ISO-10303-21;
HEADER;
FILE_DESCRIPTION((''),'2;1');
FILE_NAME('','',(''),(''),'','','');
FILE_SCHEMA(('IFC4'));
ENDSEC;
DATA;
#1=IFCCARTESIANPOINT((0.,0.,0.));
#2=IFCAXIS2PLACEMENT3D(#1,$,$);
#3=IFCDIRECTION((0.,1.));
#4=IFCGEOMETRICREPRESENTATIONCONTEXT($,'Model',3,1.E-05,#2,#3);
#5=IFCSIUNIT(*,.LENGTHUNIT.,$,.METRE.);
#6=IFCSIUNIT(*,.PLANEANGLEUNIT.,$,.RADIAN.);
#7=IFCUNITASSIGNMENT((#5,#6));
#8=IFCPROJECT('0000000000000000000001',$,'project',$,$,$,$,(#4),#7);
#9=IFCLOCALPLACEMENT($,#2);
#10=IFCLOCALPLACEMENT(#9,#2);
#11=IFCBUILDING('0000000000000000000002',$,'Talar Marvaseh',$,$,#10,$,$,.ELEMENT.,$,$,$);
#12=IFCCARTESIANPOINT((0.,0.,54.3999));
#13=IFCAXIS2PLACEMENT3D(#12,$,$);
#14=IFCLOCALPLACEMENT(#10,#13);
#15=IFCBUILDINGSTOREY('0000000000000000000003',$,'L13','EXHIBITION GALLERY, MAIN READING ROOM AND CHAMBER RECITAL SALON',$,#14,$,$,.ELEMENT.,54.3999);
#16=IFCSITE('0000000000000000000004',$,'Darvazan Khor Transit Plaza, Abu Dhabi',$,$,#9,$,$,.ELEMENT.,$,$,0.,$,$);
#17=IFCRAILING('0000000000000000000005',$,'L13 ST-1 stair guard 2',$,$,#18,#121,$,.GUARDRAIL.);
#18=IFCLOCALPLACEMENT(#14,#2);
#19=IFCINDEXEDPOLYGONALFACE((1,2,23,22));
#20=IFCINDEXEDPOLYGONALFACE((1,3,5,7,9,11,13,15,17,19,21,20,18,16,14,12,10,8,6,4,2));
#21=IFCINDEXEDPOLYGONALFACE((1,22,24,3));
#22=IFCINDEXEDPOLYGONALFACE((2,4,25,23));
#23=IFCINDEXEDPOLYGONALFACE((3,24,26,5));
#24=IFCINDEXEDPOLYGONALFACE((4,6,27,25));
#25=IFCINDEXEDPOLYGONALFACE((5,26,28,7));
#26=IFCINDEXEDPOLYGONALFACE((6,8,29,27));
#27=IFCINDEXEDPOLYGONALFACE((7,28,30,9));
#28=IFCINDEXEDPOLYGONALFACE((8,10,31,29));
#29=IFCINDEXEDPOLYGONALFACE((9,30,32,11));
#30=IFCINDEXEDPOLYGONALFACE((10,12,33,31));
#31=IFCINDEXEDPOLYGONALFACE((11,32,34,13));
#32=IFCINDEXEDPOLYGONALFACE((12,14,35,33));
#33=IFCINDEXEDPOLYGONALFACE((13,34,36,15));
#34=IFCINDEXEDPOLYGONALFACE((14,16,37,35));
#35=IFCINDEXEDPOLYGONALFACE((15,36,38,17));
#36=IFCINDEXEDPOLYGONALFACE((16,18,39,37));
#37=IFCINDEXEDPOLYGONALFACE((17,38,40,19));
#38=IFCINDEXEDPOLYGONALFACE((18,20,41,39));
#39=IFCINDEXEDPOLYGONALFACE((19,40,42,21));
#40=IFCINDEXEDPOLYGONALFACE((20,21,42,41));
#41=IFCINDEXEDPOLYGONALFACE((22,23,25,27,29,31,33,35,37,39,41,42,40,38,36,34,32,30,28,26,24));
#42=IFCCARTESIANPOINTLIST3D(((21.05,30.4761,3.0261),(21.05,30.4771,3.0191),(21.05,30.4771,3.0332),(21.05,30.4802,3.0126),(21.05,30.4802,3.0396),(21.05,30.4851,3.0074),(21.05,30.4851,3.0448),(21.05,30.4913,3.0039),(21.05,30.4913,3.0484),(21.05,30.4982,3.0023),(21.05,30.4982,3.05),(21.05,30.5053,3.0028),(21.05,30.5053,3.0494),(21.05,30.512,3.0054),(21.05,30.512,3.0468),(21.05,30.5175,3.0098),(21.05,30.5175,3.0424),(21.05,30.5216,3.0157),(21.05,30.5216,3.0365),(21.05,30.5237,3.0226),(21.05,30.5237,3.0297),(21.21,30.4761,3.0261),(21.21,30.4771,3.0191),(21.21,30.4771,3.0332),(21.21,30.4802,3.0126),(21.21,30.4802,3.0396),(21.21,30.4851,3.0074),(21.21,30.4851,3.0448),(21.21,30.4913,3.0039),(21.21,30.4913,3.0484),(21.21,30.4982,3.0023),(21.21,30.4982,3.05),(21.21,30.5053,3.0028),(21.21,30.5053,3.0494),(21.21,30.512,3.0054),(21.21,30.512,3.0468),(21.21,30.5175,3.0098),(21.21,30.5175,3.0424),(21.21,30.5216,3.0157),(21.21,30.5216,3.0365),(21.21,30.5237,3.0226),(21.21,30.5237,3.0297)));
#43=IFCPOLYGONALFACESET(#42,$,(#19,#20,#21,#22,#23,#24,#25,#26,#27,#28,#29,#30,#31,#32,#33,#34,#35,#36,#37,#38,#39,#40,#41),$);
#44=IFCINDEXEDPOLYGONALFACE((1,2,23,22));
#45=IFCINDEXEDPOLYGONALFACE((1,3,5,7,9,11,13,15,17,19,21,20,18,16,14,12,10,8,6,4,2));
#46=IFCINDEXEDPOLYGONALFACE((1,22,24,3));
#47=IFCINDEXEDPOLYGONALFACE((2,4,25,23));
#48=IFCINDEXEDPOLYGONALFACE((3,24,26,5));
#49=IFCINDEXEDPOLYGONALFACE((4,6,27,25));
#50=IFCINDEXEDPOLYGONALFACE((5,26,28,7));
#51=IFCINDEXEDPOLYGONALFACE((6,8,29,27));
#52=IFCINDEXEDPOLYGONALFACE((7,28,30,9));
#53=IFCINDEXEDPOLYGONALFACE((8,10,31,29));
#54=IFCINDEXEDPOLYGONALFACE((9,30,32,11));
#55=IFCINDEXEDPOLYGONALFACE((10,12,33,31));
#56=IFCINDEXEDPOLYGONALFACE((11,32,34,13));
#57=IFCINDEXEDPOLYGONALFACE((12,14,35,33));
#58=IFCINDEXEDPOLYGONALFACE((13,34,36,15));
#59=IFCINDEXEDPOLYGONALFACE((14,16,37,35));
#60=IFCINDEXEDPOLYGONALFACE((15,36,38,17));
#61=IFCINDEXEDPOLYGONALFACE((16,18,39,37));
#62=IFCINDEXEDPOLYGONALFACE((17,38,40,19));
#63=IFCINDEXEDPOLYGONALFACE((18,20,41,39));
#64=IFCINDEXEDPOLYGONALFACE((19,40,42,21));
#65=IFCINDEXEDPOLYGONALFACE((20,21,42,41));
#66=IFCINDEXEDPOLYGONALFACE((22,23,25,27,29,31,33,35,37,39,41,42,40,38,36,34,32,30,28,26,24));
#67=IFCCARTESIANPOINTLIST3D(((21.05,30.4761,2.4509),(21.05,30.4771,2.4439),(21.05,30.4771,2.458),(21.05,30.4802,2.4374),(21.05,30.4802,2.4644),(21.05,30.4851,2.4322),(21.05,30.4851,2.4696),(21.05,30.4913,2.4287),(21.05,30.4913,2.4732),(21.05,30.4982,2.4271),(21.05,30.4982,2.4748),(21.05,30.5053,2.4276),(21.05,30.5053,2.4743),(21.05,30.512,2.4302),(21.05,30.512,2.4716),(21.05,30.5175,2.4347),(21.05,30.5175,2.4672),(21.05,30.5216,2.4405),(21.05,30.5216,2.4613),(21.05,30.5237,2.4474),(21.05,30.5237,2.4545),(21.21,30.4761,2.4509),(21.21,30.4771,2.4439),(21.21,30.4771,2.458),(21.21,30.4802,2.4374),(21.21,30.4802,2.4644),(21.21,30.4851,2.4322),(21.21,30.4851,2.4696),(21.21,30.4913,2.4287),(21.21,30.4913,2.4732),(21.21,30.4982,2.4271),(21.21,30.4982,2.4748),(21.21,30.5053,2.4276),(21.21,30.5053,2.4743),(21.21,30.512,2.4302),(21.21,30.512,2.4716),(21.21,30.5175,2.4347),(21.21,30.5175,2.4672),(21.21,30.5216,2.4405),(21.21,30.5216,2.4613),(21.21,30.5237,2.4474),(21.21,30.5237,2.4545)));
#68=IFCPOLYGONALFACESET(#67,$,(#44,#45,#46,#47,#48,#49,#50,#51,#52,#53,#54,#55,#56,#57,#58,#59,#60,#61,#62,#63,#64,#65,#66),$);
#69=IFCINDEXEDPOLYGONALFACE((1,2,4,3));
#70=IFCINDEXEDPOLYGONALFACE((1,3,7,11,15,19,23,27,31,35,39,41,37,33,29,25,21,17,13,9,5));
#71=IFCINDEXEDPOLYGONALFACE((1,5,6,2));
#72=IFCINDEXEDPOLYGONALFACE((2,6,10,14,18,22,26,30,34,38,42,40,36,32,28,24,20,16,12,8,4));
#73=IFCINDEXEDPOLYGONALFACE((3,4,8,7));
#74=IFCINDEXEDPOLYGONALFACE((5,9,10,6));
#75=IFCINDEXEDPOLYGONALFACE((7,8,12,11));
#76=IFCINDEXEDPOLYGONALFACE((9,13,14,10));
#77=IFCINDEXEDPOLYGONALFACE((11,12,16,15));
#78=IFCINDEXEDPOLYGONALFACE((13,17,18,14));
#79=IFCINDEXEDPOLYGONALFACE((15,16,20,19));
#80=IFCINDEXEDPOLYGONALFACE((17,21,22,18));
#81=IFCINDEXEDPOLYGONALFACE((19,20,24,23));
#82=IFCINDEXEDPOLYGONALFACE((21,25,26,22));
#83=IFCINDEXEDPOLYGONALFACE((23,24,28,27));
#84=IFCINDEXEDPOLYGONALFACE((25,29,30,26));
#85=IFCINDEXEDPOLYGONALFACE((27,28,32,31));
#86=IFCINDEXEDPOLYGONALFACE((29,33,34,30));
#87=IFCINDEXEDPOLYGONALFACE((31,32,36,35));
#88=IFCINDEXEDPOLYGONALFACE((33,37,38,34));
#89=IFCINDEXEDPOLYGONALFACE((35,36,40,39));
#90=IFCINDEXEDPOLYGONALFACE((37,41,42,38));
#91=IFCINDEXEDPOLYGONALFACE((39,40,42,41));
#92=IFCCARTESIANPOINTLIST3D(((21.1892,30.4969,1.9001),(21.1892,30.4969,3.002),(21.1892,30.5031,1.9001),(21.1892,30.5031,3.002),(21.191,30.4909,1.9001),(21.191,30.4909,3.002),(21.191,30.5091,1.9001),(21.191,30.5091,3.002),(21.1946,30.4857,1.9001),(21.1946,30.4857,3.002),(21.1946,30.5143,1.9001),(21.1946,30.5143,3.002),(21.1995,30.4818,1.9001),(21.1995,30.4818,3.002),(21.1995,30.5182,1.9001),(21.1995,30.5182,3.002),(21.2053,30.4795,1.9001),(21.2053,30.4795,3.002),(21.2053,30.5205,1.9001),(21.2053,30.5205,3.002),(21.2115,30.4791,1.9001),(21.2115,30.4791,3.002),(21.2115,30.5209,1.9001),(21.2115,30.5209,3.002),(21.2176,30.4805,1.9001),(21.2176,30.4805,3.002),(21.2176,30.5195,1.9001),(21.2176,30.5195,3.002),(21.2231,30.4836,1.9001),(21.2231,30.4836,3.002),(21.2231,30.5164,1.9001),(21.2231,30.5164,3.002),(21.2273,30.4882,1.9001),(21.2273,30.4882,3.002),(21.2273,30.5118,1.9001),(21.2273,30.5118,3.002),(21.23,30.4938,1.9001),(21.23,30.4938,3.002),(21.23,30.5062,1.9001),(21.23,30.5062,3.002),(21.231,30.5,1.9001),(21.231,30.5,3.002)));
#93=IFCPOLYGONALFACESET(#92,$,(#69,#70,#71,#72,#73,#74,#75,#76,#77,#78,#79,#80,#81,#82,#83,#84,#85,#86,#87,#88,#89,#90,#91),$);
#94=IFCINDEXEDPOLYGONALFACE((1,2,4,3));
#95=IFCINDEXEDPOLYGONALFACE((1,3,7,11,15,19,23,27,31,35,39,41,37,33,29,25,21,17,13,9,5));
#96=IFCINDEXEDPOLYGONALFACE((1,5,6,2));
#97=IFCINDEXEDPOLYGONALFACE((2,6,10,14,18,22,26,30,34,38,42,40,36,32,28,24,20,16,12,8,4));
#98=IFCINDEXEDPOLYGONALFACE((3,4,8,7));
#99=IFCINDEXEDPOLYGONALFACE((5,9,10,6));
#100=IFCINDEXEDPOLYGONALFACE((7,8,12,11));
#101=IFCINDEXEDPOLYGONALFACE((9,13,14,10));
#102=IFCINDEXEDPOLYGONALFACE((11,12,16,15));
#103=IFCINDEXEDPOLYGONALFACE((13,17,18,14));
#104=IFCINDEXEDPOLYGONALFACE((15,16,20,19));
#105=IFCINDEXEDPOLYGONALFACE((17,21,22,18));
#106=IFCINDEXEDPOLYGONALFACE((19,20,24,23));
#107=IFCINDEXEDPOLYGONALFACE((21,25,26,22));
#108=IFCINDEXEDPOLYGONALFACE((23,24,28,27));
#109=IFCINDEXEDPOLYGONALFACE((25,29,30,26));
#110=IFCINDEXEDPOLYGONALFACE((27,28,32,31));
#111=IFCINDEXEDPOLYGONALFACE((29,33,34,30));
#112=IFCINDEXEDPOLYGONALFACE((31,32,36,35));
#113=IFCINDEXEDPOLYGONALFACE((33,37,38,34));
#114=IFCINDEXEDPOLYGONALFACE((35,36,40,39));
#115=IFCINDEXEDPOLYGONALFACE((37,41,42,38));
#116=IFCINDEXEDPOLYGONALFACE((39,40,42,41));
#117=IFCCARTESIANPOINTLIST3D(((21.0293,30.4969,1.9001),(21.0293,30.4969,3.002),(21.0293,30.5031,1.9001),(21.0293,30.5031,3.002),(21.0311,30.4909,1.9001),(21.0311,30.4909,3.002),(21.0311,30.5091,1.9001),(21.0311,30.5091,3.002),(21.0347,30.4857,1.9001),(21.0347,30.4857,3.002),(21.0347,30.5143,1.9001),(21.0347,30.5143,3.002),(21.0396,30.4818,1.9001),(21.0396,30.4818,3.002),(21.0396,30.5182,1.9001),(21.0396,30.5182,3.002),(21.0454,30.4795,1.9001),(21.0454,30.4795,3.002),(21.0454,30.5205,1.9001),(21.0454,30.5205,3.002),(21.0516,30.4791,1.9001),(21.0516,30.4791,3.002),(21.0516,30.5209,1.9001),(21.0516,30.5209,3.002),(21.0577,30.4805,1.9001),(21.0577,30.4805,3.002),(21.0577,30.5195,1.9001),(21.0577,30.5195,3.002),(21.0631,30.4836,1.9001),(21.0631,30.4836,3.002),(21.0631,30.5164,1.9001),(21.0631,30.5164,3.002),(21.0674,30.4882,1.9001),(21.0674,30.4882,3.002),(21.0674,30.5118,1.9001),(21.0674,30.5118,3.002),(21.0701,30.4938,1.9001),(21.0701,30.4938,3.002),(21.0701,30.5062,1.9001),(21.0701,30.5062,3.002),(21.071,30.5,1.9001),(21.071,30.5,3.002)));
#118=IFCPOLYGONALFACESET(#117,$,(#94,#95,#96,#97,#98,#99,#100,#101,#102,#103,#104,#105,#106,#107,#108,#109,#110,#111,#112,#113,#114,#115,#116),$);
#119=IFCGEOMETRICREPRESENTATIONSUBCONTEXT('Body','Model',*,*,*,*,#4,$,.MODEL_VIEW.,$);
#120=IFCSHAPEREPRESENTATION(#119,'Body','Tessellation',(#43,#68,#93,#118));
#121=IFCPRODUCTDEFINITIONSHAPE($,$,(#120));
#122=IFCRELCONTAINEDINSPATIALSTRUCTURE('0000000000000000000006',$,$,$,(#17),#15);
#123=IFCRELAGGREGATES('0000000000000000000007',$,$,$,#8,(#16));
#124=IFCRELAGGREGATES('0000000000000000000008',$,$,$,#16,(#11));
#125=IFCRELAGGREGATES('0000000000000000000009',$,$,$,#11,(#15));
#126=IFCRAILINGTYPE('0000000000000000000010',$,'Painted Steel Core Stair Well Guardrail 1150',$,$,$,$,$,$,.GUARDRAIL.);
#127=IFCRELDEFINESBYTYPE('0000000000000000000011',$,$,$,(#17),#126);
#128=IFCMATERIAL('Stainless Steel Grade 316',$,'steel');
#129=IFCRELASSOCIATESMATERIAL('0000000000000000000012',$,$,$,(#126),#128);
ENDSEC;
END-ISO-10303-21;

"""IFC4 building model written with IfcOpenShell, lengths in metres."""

from ifc_helpers import new_model, si_unit, direction, frame, origin, origin_2d, place, context, subcontext, project, spatial, circle, extrude, material, type_object, element, save


model = new_model("IFC4")

# Units and contexts
model_context = context("Model", 3, precision=1e-05, world=origin(), true_north=direction((0.0, 1.0)))
body_context = subcontext(model_context, "Body", "Model", "MODEL_VIEW")
ifc_project = project(units=[si_unit("LENGTHUNIT", "METRE"), si_unit("PLANEANGLEUNIT", "RADIAN")], contexts=[model_context])

# Site, building, storey
site_placement = place(None, origin())
site = spatial("IfcSite", under=ifc_project, at=site_placement, Name="Darvazan Khor Transit Plaza, Abu Dhabi", CompositionType="ELEMENT", RefElevation=0.0)
building_placement = place(site_placement, origin())
building = spatial("IfcBuilding", under=site, at=building_placement, Name="Talar Marvaseh", CompositionType="ELEMENT")
storey_placement = place(building_placement, frame((0.0, 0.0, 54.3999)))
storey = spatial("IfcBuildingStorey", under=building, at=storey_placement, Name="L13", Description="EXHIBITION GALLERY, MAIN READING ROOM AND CHAMBER RECITAL SALON", CompositionType="ELEMENT", Elevation=54.3999)

# Railing
ifc_material_1 = material(Name="Stainless Steel Grade 316", Category="steel")
railing_type_1 = type_object("IfcRailingType", Name="Painted Steel Core Stair Well Guardrail 1150", PredefinedType="GUARDRAIL", material=ifc_material_1)
railing_1_placement = place(storey_placement, frame((21.21, 30.5, 1.9001)))
element("IfcRailing", 1, at=railing_1_placement, inside=storey, type_object=railing_type_1, Name="L13 ST-1 stair guard 2", PredefinedType="GUARDRAIL", context=body_context, shape_type="SweptSolid", body=[
    extrude(circle(Radius=0.0239, at=origin_2d()), frame((0.0, 0.0, 1.126), z_axis=(-1.0, 0.0, 0.0), x_axis=(0.0, -1.0, 0.0)), (0.0, 0.0, 1.0), 0.1599),
    extrude(circle(Radius=0.0239, at=origin_2d()), frame((0.0, 0.0, 0.5508), z_axis=(-1.0, 0.0, 0.0), x_axis=(0.0, -1.0, 0.0)), (0.0, 0.0, 1.0), 0.1599),
    extrude(circle(Radius=0.021, at=origin_2d()), origin(), (0.0, 0.0, 1.0), 1.1018),
    extrude(circle(Radius=0.021, at=origin_2d()), frame((-0.1599, 0.0, 0.0)), (0.0, 0.0, 1.0), 1.1018),
])

save(model, "model.ifc")
